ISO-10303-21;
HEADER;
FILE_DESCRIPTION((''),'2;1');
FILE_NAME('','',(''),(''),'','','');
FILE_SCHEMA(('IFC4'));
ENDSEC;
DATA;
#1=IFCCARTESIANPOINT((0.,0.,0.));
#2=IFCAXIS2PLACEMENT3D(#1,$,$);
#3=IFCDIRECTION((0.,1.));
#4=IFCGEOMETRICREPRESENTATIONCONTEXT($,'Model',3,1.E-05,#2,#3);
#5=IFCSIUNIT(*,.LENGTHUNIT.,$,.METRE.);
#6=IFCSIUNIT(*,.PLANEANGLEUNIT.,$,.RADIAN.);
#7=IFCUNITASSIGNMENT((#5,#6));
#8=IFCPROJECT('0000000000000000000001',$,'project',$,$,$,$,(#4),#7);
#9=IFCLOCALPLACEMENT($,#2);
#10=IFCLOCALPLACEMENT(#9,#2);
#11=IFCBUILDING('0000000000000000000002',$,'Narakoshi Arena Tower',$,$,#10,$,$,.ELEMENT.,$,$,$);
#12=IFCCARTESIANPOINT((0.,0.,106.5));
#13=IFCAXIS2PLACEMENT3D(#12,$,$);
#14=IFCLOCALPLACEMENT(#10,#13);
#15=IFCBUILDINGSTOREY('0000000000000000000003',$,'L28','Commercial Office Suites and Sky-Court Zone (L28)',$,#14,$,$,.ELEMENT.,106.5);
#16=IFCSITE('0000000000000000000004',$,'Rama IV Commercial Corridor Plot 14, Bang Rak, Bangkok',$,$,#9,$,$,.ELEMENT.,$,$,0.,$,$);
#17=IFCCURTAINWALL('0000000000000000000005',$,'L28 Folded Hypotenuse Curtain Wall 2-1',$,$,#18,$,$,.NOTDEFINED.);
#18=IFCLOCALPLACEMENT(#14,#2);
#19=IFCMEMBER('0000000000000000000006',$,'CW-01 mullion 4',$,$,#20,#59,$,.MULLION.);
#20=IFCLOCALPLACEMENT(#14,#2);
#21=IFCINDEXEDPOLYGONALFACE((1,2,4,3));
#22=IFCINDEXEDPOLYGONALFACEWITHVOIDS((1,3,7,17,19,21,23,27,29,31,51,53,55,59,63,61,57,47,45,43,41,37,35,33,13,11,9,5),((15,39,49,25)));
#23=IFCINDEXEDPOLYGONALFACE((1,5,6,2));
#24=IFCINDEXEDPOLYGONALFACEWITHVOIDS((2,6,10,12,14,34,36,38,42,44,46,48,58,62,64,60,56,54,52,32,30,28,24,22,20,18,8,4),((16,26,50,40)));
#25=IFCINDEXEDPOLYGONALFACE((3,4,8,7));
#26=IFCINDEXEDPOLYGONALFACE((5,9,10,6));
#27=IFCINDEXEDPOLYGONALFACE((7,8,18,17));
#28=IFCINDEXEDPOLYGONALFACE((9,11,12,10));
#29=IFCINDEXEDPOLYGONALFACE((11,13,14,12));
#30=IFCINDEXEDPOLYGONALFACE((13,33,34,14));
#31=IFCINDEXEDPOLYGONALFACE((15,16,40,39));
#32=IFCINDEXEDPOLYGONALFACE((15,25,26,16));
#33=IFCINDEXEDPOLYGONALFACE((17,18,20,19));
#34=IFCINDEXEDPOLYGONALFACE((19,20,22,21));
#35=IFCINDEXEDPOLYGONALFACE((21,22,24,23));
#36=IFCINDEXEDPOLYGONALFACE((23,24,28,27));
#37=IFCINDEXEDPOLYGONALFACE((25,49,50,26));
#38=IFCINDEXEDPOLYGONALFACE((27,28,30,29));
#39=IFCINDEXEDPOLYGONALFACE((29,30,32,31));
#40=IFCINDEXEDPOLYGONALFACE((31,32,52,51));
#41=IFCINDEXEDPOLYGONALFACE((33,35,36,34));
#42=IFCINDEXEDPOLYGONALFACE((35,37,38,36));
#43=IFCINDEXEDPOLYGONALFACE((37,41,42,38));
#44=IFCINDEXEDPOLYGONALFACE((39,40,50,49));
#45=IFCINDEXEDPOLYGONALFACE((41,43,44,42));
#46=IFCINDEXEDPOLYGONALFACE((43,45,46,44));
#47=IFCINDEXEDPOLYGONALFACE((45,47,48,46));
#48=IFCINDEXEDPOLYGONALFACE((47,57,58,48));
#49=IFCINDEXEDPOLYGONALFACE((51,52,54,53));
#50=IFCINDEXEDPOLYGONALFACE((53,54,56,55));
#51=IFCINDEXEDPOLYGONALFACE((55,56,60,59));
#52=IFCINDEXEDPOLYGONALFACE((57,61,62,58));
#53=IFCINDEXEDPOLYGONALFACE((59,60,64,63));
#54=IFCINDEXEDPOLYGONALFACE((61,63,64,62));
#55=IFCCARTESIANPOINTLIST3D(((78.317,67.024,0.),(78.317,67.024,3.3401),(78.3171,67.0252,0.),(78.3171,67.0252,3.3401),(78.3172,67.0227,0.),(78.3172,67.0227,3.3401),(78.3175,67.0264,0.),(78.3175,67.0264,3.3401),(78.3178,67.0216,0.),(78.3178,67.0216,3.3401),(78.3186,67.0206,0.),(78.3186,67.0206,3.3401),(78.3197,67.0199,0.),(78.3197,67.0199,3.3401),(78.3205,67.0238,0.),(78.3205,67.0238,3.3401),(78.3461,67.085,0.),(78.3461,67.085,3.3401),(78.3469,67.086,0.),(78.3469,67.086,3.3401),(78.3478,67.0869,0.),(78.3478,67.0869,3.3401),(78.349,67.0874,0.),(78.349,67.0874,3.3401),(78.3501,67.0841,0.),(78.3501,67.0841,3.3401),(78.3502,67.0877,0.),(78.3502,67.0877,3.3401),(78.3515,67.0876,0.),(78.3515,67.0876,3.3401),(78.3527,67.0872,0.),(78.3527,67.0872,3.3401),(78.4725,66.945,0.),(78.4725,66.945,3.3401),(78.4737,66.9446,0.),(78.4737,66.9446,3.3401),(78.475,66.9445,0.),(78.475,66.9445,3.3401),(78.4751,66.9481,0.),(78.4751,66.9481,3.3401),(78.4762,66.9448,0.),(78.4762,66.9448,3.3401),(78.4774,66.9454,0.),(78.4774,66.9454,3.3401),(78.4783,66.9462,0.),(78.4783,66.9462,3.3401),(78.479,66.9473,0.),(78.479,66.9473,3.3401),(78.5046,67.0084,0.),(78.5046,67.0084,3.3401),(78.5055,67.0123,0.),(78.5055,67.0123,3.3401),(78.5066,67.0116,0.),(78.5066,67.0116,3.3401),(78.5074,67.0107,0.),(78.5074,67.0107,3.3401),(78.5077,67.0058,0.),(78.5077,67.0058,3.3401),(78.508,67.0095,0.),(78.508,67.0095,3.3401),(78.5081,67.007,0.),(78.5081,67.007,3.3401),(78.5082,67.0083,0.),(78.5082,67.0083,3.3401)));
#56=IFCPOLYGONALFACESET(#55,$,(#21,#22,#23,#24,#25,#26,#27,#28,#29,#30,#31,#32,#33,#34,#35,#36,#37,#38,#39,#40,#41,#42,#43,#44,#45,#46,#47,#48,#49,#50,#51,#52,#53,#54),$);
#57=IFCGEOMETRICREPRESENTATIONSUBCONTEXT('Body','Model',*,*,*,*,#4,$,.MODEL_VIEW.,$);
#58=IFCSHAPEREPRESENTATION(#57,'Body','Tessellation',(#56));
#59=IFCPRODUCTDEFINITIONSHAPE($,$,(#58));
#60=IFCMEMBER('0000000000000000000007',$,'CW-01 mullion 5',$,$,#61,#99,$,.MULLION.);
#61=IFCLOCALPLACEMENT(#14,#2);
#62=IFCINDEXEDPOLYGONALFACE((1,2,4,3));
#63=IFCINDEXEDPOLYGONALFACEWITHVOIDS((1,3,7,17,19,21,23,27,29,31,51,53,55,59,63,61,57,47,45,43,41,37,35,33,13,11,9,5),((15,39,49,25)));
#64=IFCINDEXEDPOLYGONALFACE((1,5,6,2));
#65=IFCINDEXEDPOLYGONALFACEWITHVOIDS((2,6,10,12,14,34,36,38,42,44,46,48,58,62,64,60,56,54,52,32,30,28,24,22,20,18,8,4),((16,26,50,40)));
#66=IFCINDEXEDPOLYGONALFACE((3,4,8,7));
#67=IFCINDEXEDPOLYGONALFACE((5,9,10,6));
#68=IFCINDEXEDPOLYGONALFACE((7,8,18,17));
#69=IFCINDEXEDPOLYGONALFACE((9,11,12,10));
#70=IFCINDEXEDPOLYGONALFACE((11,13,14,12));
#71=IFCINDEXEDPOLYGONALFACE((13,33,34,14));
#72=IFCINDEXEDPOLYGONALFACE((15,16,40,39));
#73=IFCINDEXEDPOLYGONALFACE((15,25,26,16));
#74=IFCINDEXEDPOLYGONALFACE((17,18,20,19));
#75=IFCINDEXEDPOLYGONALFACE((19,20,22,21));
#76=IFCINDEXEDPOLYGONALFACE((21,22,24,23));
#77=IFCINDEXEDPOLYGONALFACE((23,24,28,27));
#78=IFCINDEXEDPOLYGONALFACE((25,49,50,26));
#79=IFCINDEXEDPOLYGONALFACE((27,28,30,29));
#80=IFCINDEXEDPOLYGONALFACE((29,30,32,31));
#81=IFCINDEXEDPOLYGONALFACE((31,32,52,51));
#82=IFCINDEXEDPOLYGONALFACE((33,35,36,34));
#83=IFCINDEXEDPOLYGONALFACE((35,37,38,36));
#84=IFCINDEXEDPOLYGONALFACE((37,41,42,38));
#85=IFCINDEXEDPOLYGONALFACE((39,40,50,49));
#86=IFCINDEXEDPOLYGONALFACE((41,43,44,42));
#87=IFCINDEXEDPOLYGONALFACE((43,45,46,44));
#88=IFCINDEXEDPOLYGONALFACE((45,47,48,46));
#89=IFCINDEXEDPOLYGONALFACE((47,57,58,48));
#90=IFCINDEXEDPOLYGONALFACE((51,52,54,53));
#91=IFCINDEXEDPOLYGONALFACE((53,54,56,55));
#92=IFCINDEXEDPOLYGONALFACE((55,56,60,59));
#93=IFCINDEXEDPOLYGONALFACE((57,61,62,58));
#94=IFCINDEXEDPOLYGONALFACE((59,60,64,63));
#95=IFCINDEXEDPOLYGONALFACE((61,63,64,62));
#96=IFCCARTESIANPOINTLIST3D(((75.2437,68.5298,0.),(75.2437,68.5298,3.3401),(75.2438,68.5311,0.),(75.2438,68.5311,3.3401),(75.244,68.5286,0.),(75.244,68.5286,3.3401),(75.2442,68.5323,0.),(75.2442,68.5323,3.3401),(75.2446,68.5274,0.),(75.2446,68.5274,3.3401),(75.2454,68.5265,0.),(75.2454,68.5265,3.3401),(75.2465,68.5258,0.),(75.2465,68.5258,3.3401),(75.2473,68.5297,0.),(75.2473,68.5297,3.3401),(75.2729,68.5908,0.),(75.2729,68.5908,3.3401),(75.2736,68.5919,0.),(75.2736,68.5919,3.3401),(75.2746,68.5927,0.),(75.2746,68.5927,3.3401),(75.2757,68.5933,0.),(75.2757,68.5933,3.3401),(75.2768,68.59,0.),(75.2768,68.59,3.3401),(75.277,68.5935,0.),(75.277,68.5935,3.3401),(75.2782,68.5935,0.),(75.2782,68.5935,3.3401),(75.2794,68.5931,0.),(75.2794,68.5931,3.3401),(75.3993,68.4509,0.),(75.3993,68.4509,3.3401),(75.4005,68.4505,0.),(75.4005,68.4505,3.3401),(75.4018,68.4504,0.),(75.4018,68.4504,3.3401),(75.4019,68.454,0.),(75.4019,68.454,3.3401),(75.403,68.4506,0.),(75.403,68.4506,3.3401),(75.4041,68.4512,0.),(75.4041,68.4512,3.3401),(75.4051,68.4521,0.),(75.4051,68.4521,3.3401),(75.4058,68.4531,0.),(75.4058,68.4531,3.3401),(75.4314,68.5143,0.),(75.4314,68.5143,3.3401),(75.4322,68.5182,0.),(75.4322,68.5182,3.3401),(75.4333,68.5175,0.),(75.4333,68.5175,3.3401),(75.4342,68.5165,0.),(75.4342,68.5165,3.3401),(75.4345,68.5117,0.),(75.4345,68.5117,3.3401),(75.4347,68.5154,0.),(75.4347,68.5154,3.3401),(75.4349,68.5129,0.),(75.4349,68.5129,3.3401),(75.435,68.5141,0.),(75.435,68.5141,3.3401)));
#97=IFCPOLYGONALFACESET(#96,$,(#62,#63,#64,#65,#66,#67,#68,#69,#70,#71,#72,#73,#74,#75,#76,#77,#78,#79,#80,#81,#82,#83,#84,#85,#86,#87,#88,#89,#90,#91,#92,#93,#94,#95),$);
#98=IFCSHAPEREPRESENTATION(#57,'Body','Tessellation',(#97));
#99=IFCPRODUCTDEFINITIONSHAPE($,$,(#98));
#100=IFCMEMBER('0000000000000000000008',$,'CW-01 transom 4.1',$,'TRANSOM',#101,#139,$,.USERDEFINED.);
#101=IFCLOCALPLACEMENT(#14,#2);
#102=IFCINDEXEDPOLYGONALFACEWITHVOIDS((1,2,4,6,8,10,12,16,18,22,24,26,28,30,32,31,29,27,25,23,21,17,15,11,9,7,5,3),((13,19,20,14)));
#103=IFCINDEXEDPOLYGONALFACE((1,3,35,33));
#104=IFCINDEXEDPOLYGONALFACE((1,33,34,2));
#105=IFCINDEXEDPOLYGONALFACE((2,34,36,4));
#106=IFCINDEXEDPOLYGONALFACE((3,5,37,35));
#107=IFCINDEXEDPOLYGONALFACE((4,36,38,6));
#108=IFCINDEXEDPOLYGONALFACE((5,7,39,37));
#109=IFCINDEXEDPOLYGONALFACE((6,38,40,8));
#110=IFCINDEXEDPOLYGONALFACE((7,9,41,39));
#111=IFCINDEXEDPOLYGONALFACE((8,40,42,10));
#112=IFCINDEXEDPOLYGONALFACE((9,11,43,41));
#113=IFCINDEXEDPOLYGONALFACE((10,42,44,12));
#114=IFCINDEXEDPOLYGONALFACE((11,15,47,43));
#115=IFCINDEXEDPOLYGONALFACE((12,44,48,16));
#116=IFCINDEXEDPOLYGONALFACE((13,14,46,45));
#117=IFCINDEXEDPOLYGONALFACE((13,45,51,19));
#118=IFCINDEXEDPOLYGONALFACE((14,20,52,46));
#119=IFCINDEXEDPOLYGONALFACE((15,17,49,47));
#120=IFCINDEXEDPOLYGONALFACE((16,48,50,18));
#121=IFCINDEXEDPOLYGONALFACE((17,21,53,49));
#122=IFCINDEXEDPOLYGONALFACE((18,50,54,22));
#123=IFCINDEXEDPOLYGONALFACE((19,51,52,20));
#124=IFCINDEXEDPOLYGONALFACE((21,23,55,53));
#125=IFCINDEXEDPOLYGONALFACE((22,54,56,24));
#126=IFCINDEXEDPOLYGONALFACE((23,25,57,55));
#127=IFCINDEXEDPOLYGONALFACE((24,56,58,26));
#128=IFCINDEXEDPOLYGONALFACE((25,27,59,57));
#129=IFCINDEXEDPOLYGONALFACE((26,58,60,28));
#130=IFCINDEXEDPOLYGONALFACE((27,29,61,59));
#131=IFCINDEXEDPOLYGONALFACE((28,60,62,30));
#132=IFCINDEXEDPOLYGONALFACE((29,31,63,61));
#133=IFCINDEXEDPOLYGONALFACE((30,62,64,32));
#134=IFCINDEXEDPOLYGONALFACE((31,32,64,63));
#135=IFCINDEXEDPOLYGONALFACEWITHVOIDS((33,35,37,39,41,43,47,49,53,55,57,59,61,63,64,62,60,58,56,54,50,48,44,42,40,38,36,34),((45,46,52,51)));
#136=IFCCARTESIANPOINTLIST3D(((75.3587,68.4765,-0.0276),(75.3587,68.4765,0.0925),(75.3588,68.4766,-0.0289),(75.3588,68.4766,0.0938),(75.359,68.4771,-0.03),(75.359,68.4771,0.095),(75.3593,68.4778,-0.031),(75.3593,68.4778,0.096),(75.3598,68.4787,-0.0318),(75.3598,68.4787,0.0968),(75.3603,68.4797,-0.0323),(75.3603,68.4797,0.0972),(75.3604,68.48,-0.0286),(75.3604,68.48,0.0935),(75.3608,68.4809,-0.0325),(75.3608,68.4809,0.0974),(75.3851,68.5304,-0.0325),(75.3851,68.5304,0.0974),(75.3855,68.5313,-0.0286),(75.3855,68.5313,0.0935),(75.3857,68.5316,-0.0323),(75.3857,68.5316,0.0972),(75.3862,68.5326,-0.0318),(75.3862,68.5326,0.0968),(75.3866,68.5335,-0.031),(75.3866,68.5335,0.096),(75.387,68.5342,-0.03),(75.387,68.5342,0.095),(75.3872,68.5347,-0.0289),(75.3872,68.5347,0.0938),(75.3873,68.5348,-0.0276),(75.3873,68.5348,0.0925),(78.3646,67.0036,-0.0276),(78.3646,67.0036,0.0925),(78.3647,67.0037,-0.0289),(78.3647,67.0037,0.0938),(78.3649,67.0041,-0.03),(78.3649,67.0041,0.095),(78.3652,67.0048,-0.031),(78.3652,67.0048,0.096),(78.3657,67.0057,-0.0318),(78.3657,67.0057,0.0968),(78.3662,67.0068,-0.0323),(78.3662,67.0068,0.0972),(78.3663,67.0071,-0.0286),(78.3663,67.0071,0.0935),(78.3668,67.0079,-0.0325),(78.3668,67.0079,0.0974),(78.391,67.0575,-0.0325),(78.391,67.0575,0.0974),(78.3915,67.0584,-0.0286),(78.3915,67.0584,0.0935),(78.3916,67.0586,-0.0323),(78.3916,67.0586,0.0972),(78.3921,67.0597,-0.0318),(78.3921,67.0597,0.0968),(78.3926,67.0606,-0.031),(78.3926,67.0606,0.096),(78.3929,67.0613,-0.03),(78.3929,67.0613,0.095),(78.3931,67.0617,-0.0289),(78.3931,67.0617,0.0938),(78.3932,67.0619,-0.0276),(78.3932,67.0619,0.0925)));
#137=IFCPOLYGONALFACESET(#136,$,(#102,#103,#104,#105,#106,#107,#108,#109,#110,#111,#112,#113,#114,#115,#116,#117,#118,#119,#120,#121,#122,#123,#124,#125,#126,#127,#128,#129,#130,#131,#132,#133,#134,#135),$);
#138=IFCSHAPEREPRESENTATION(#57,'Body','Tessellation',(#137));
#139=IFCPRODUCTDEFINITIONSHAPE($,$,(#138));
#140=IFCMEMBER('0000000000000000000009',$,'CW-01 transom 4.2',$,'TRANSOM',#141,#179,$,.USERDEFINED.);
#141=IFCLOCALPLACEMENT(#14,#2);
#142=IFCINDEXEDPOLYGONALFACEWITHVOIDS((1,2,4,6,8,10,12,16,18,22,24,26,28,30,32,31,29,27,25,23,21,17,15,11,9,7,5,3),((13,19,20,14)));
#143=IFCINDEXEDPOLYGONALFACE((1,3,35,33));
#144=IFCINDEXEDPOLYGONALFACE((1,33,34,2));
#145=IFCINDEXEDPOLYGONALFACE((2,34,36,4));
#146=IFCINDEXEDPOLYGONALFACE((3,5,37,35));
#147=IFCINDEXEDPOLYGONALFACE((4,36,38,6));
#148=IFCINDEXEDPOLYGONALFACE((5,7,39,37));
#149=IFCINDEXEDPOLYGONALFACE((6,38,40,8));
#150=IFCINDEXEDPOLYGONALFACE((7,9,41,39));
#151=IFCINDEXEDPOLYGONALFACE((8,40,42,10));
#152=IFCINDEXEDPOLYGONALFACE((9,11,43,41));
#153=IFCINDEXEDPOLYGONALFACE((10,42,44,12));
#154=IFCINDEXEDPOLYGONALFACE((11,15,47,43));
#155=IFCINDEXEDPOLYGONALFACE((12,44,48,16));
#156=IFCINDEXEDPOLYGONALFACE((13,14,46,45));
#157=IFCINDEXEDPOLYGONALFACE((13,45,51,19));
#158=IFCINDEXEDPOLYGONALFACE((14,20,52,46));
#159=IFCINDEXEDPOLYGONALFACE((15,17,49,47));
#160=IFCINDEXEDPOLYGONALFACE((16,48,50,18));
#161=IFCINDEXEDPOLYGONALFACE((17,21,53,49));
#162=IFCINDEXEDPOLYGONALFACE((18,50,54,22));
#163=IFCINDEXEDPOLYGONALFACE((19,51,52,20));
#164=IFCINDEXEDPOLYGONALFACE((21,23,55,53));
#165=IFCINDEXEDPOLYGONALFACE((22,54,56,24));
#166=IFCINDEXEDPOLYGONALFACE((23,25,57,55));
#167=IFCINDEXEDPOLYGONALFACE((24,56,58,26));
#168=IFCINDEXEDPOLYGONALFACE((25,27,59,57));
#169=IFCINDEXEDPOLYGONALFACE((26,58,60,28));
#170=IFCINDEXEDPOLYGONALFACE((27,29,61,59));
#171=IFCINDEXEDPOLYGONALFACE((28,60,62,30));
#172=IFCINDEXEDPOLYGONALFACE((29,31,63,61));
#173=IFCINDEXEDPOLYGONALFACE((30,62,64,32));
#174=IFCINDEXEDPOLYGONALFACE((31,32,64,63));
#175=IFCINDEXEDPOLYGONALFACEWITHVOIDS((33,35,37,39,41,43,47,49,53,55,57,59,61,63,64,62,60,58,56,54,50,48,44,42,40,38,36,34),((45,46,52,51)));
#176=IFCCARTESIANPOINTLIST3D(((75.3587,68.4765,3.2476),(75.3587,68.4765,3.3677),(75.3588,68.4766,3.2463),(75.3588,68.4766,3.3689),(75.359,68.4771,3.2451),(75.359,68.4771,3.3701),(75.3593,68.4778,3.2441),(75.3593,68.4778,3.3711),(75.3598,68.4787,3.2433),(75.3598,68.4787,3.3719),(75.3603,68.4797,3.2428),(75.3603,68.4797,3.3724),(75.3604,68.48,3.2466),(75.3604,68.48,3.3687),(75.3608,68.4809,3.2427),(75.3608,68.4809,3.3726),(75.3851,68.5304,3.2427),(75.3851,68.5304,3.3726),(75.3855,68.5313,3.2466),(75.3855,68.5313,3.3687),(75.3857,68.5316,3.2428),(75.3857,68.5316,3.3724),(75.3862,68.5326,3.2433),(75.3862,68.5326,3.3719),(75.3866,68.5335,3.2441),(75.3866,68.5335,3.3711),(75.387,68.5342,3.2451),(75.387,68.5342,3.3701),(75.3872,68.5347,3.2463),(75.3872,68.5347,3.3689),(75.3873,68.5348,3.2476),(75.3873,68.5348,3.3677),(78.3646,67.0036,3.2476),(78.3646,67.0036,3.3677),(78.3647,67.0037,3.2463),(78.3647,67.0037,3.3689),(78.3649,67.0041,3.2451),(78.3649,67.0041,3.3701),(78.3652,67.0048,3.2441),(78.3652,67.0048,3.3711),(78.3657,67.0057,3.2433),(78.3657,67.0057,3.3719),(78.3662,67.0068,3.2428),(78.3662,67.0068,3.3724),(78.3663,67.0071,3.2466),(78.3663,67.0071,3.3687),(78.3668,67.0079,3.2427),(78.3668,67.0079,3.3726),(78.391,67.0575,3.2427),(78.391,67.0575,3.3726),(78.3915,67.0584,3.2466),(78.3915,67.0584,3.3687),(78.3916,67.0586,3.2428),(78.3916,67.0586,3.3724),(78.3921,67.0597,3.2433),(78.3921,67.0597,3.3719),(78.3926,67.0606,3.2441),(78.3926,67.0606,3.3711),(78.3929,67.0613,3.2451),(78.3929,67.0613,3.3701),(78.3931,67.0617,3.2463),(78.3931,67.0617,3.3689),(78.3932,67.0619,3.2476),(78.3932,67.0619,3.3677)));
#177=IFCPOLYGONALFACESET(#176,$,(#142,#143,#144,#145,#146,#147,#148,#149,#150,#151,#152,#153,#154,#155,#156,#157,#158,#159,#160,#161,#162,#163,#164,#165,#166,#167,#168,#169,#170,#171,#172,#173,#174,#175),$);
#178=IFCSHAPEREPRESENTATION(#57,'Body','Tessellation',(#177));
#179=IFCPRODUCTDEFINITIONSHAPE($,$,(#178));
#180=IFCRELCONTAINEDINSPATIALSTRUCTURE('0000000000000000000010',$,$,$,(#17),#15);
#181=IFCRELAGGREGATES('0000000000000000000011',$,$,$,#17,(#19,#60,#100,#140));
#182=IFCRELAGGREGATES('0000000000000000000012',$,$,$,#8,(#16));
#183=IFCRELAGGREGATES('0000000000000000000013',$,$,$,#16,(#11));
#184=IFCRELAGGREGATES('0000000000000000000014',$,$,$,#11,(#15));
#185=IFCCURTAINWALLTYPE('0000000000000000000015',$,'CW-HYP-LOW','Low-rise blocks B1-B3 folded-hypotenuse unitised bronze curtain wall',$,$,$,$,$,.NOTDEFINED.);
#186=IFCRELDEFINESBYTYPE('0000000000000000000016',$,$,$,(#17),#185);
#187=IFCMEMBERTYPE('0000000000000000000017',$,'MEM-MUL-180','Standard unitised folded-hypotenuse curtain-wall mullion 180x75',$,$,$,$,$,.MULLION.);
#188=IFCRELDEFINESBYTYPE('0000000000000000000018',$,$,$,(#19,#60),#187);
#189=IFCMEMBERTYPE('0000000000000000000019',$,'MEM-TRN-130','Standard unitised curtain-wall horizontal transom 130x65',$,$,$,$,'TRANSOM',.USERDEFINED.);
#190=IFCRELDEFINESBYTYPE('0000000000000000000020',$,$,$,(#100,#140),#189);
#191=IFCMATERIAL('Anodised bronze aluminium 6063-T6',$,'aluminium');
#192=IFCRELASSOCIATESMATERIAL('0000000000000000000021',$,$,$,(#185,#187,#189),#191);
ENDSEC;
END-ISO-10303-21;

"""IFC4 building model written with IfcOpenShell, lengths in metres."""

from ifc_helpers import new_model, si_unit, direction, frame, origin, origin_2d, place, context, subcontext, project, spatial, hollow_rectangle, extrude, material, material_profile, profile_set, type_object, element, aggregate, save


model = new_model("IFC4")

# Units and contexts
model_context = context("Model", 3, precision=1e-05, world=origin(), true_north=direction((0.0, 1.0)))
body_context = subcontext(model_context, "Body", "Model", "MODEL_VIEW")
ifc_project = project(units=[si_unit("LENGTHUNIT", "METRE"), si_unit("PLANEANGLEUNIT", "RADIAN")], contexts=[model_context])

# Site, building, storey
site_placement = place(None, origin())
site = spatial("IfcSite", under=ifc_project, at=site_placement, Name="Rama IV Commercial Corridor Plot 14, Bang Rak, Bangkok", CompositionType="ELEMENT", RefElevation=0.0)
building_placement = place(site_placement, origin())
building = spatial("IfcBuilding", under=site, at=building_placement, Name="Narakoshi Arena Tower", CompositionType="ELEMENT")
storey_placement = place(building_placement, frame((0.0, 0.0, 106.5)))
storey = spatial("IfcBuildingStorey", under=building, at=storey_placement, Name="L28", Description="Commercial Office Suites and Sky-Court Zone (L28)", CompositionType="ELEMENT", Elevation=106.5)

# Curtain wall, members
ifc_material_1 = material(Name="Anodised bronze aluminium 6063-T6", Category="aluminium")
curtain_wall_type = type_object("IfcCurtainWallType", Name="CW-HYP-LOW", Description="Low-rise blocks B1-B3 folded-hypotenuse unitised bronze curtain wall", PredefinedType="NOTDEFINED", material=ifc_material_1)
curtain_wall_placement = place(storey_placement, origin())
curtain_wall = element("IfcCurtainWall", 1, at=curtain_wall_placement, inside=storey, type_object=curtain_wall_type, Name="L28 Folded Hypotenuse Curtain Wall 2-1", PredefinedType="NOTDEFINED")
ifc_material_profile_1 = material_profile(ifc_material_1, hollow_rectangle(XDim=0.075, YDim=0.1799, WallThickness=0.0039, OuterFilletRadius=0.0049, at=origin_2d()), Name="MUL180x75x4")
ifc_profile_set_1 = profile_set([ifc_material_profile_1], Name="Anodised bronze aluminium 6063-T6")
member_type_1 = type_object("IfcMemberType", Name="MEM-MUL-180", Description="Standard unitised folded-hypotenuse curtain-wall mullion 180x75", PredefinedType="MULLION", material=ifc_profile_set_1)
member_1_placement = place(storey_placement, frame((78.4126, 67.0161, 0.0), z_axis=(0.0, 0.0, 1.0), x_axis=(-0.440005, -0.897996, 0.0)))
member_1 = element("IfcMember", 2, at=member_1_placement, type_object=member_type_1, Name="CW-01 mullion 4", PredefinedType="MULLION", context=body_context, shape_type="SweptSolid", body=[
    extrude(hollow_rectangle(XDim=0.075, YDim=0.1799, WallThickness=0.0039, OuterFilletRadius=0.0049, at=origin_2d()), origin(), (0.0, 0.0, 1.0), 3.3401),
])
member_2_placement = place(storey_placement, frame((75.3394, 68.522, 0.0), z_axis=(0.0, 0.0, 1.0), x_axis=(-0.440005, -0.897996, 0.0)))
member_2 = element("IfcMember", 3, at=member_2_placement, type_object=member_type_1, Name="CW-01 mullion 5", PredefinedType="MULLION", context=body_context, shape_type="SweptSolid", body=[
    extrude(hollow_rectangle(XDim=0.075, YDim=0.1799, WallThickness=0.0039, OuterFilletRadius=0.0049, at=origin_2d()), origin(), (0.0, 0.0, 1.0), 3.3401),
])
ifc_material_profile_2 = material_profile(ifc_material_1, hollow_rectangle(XDim=0.0649, YDim=0.1299, WallThickness=0.0039, OuterFilletRadius=0.0049, at=origin_2d()), Name="TRN130x65x4")
ifc_profile_set_2 = profile_set([ifc_material_profile_2], Name="Anodised bronze aluminium 6063-T6")
member_type_2 = type_object("IfcMemberType", Name="MEM-TRN-130", Description="Standard unitised curtain-wall horizontal transom 130x65", ElementType="TRANSOM", PredefinedType="USERDEFINED", material=ifc_profile_set_2)
member_3_placement = place(storey_placement, frame((78.3789, 67.0327, 0.0325), z_axis=(-0.897987, 0.440022, 0.0), x_axis=(-0.440022, -0.897987, 0.0)))
member_3 = element("IfcMember", 4, at=member_3_placement, type_object=member_type_2, Name="CW-01 transom 4.1", ObjectType="TRANSOM", PredefinedType="USERDEFINED", context=body_context, shape_type="SweptSolid", body=[
    extrude(hollow_rectangle(XDim=0.0649, YDim=0.1299, WallThickness=0.0039, OuterFilletRadius=0.0049, at=origin_2d()), origin(), (0.0, 0.0, 1.0), 3.3474),
])
member_4_placement = place(storey_placement, frame((78.3789, 67.0327, 3.3076), z_axis=(-0.897987, 0.440022, 0.0), x_axis=(-0.440022, -0.897987, 0.0)))
member_4 = element("IfcMember", 5, at=member_4_placement, type_object=member_type_2, Name="CW-01 transom 4.2", ObjectType="TRANSOM", PredefinedType="USERDEFINED", context=body_context, shape_type="SweptSolid", body=[
    extrude(hollow_rectangle(XDim=0.0649, YDim=0.1299, WallThickness=0.0039, OuterFilletRadius=0.0049, at=origin_2d()), origin(), (0.0, 0.0, 1.0), 3.3474),
])
aggregate(curtain_wall, [member_1, member_2, member_3, member_4])

save(model, "model.ifc")
